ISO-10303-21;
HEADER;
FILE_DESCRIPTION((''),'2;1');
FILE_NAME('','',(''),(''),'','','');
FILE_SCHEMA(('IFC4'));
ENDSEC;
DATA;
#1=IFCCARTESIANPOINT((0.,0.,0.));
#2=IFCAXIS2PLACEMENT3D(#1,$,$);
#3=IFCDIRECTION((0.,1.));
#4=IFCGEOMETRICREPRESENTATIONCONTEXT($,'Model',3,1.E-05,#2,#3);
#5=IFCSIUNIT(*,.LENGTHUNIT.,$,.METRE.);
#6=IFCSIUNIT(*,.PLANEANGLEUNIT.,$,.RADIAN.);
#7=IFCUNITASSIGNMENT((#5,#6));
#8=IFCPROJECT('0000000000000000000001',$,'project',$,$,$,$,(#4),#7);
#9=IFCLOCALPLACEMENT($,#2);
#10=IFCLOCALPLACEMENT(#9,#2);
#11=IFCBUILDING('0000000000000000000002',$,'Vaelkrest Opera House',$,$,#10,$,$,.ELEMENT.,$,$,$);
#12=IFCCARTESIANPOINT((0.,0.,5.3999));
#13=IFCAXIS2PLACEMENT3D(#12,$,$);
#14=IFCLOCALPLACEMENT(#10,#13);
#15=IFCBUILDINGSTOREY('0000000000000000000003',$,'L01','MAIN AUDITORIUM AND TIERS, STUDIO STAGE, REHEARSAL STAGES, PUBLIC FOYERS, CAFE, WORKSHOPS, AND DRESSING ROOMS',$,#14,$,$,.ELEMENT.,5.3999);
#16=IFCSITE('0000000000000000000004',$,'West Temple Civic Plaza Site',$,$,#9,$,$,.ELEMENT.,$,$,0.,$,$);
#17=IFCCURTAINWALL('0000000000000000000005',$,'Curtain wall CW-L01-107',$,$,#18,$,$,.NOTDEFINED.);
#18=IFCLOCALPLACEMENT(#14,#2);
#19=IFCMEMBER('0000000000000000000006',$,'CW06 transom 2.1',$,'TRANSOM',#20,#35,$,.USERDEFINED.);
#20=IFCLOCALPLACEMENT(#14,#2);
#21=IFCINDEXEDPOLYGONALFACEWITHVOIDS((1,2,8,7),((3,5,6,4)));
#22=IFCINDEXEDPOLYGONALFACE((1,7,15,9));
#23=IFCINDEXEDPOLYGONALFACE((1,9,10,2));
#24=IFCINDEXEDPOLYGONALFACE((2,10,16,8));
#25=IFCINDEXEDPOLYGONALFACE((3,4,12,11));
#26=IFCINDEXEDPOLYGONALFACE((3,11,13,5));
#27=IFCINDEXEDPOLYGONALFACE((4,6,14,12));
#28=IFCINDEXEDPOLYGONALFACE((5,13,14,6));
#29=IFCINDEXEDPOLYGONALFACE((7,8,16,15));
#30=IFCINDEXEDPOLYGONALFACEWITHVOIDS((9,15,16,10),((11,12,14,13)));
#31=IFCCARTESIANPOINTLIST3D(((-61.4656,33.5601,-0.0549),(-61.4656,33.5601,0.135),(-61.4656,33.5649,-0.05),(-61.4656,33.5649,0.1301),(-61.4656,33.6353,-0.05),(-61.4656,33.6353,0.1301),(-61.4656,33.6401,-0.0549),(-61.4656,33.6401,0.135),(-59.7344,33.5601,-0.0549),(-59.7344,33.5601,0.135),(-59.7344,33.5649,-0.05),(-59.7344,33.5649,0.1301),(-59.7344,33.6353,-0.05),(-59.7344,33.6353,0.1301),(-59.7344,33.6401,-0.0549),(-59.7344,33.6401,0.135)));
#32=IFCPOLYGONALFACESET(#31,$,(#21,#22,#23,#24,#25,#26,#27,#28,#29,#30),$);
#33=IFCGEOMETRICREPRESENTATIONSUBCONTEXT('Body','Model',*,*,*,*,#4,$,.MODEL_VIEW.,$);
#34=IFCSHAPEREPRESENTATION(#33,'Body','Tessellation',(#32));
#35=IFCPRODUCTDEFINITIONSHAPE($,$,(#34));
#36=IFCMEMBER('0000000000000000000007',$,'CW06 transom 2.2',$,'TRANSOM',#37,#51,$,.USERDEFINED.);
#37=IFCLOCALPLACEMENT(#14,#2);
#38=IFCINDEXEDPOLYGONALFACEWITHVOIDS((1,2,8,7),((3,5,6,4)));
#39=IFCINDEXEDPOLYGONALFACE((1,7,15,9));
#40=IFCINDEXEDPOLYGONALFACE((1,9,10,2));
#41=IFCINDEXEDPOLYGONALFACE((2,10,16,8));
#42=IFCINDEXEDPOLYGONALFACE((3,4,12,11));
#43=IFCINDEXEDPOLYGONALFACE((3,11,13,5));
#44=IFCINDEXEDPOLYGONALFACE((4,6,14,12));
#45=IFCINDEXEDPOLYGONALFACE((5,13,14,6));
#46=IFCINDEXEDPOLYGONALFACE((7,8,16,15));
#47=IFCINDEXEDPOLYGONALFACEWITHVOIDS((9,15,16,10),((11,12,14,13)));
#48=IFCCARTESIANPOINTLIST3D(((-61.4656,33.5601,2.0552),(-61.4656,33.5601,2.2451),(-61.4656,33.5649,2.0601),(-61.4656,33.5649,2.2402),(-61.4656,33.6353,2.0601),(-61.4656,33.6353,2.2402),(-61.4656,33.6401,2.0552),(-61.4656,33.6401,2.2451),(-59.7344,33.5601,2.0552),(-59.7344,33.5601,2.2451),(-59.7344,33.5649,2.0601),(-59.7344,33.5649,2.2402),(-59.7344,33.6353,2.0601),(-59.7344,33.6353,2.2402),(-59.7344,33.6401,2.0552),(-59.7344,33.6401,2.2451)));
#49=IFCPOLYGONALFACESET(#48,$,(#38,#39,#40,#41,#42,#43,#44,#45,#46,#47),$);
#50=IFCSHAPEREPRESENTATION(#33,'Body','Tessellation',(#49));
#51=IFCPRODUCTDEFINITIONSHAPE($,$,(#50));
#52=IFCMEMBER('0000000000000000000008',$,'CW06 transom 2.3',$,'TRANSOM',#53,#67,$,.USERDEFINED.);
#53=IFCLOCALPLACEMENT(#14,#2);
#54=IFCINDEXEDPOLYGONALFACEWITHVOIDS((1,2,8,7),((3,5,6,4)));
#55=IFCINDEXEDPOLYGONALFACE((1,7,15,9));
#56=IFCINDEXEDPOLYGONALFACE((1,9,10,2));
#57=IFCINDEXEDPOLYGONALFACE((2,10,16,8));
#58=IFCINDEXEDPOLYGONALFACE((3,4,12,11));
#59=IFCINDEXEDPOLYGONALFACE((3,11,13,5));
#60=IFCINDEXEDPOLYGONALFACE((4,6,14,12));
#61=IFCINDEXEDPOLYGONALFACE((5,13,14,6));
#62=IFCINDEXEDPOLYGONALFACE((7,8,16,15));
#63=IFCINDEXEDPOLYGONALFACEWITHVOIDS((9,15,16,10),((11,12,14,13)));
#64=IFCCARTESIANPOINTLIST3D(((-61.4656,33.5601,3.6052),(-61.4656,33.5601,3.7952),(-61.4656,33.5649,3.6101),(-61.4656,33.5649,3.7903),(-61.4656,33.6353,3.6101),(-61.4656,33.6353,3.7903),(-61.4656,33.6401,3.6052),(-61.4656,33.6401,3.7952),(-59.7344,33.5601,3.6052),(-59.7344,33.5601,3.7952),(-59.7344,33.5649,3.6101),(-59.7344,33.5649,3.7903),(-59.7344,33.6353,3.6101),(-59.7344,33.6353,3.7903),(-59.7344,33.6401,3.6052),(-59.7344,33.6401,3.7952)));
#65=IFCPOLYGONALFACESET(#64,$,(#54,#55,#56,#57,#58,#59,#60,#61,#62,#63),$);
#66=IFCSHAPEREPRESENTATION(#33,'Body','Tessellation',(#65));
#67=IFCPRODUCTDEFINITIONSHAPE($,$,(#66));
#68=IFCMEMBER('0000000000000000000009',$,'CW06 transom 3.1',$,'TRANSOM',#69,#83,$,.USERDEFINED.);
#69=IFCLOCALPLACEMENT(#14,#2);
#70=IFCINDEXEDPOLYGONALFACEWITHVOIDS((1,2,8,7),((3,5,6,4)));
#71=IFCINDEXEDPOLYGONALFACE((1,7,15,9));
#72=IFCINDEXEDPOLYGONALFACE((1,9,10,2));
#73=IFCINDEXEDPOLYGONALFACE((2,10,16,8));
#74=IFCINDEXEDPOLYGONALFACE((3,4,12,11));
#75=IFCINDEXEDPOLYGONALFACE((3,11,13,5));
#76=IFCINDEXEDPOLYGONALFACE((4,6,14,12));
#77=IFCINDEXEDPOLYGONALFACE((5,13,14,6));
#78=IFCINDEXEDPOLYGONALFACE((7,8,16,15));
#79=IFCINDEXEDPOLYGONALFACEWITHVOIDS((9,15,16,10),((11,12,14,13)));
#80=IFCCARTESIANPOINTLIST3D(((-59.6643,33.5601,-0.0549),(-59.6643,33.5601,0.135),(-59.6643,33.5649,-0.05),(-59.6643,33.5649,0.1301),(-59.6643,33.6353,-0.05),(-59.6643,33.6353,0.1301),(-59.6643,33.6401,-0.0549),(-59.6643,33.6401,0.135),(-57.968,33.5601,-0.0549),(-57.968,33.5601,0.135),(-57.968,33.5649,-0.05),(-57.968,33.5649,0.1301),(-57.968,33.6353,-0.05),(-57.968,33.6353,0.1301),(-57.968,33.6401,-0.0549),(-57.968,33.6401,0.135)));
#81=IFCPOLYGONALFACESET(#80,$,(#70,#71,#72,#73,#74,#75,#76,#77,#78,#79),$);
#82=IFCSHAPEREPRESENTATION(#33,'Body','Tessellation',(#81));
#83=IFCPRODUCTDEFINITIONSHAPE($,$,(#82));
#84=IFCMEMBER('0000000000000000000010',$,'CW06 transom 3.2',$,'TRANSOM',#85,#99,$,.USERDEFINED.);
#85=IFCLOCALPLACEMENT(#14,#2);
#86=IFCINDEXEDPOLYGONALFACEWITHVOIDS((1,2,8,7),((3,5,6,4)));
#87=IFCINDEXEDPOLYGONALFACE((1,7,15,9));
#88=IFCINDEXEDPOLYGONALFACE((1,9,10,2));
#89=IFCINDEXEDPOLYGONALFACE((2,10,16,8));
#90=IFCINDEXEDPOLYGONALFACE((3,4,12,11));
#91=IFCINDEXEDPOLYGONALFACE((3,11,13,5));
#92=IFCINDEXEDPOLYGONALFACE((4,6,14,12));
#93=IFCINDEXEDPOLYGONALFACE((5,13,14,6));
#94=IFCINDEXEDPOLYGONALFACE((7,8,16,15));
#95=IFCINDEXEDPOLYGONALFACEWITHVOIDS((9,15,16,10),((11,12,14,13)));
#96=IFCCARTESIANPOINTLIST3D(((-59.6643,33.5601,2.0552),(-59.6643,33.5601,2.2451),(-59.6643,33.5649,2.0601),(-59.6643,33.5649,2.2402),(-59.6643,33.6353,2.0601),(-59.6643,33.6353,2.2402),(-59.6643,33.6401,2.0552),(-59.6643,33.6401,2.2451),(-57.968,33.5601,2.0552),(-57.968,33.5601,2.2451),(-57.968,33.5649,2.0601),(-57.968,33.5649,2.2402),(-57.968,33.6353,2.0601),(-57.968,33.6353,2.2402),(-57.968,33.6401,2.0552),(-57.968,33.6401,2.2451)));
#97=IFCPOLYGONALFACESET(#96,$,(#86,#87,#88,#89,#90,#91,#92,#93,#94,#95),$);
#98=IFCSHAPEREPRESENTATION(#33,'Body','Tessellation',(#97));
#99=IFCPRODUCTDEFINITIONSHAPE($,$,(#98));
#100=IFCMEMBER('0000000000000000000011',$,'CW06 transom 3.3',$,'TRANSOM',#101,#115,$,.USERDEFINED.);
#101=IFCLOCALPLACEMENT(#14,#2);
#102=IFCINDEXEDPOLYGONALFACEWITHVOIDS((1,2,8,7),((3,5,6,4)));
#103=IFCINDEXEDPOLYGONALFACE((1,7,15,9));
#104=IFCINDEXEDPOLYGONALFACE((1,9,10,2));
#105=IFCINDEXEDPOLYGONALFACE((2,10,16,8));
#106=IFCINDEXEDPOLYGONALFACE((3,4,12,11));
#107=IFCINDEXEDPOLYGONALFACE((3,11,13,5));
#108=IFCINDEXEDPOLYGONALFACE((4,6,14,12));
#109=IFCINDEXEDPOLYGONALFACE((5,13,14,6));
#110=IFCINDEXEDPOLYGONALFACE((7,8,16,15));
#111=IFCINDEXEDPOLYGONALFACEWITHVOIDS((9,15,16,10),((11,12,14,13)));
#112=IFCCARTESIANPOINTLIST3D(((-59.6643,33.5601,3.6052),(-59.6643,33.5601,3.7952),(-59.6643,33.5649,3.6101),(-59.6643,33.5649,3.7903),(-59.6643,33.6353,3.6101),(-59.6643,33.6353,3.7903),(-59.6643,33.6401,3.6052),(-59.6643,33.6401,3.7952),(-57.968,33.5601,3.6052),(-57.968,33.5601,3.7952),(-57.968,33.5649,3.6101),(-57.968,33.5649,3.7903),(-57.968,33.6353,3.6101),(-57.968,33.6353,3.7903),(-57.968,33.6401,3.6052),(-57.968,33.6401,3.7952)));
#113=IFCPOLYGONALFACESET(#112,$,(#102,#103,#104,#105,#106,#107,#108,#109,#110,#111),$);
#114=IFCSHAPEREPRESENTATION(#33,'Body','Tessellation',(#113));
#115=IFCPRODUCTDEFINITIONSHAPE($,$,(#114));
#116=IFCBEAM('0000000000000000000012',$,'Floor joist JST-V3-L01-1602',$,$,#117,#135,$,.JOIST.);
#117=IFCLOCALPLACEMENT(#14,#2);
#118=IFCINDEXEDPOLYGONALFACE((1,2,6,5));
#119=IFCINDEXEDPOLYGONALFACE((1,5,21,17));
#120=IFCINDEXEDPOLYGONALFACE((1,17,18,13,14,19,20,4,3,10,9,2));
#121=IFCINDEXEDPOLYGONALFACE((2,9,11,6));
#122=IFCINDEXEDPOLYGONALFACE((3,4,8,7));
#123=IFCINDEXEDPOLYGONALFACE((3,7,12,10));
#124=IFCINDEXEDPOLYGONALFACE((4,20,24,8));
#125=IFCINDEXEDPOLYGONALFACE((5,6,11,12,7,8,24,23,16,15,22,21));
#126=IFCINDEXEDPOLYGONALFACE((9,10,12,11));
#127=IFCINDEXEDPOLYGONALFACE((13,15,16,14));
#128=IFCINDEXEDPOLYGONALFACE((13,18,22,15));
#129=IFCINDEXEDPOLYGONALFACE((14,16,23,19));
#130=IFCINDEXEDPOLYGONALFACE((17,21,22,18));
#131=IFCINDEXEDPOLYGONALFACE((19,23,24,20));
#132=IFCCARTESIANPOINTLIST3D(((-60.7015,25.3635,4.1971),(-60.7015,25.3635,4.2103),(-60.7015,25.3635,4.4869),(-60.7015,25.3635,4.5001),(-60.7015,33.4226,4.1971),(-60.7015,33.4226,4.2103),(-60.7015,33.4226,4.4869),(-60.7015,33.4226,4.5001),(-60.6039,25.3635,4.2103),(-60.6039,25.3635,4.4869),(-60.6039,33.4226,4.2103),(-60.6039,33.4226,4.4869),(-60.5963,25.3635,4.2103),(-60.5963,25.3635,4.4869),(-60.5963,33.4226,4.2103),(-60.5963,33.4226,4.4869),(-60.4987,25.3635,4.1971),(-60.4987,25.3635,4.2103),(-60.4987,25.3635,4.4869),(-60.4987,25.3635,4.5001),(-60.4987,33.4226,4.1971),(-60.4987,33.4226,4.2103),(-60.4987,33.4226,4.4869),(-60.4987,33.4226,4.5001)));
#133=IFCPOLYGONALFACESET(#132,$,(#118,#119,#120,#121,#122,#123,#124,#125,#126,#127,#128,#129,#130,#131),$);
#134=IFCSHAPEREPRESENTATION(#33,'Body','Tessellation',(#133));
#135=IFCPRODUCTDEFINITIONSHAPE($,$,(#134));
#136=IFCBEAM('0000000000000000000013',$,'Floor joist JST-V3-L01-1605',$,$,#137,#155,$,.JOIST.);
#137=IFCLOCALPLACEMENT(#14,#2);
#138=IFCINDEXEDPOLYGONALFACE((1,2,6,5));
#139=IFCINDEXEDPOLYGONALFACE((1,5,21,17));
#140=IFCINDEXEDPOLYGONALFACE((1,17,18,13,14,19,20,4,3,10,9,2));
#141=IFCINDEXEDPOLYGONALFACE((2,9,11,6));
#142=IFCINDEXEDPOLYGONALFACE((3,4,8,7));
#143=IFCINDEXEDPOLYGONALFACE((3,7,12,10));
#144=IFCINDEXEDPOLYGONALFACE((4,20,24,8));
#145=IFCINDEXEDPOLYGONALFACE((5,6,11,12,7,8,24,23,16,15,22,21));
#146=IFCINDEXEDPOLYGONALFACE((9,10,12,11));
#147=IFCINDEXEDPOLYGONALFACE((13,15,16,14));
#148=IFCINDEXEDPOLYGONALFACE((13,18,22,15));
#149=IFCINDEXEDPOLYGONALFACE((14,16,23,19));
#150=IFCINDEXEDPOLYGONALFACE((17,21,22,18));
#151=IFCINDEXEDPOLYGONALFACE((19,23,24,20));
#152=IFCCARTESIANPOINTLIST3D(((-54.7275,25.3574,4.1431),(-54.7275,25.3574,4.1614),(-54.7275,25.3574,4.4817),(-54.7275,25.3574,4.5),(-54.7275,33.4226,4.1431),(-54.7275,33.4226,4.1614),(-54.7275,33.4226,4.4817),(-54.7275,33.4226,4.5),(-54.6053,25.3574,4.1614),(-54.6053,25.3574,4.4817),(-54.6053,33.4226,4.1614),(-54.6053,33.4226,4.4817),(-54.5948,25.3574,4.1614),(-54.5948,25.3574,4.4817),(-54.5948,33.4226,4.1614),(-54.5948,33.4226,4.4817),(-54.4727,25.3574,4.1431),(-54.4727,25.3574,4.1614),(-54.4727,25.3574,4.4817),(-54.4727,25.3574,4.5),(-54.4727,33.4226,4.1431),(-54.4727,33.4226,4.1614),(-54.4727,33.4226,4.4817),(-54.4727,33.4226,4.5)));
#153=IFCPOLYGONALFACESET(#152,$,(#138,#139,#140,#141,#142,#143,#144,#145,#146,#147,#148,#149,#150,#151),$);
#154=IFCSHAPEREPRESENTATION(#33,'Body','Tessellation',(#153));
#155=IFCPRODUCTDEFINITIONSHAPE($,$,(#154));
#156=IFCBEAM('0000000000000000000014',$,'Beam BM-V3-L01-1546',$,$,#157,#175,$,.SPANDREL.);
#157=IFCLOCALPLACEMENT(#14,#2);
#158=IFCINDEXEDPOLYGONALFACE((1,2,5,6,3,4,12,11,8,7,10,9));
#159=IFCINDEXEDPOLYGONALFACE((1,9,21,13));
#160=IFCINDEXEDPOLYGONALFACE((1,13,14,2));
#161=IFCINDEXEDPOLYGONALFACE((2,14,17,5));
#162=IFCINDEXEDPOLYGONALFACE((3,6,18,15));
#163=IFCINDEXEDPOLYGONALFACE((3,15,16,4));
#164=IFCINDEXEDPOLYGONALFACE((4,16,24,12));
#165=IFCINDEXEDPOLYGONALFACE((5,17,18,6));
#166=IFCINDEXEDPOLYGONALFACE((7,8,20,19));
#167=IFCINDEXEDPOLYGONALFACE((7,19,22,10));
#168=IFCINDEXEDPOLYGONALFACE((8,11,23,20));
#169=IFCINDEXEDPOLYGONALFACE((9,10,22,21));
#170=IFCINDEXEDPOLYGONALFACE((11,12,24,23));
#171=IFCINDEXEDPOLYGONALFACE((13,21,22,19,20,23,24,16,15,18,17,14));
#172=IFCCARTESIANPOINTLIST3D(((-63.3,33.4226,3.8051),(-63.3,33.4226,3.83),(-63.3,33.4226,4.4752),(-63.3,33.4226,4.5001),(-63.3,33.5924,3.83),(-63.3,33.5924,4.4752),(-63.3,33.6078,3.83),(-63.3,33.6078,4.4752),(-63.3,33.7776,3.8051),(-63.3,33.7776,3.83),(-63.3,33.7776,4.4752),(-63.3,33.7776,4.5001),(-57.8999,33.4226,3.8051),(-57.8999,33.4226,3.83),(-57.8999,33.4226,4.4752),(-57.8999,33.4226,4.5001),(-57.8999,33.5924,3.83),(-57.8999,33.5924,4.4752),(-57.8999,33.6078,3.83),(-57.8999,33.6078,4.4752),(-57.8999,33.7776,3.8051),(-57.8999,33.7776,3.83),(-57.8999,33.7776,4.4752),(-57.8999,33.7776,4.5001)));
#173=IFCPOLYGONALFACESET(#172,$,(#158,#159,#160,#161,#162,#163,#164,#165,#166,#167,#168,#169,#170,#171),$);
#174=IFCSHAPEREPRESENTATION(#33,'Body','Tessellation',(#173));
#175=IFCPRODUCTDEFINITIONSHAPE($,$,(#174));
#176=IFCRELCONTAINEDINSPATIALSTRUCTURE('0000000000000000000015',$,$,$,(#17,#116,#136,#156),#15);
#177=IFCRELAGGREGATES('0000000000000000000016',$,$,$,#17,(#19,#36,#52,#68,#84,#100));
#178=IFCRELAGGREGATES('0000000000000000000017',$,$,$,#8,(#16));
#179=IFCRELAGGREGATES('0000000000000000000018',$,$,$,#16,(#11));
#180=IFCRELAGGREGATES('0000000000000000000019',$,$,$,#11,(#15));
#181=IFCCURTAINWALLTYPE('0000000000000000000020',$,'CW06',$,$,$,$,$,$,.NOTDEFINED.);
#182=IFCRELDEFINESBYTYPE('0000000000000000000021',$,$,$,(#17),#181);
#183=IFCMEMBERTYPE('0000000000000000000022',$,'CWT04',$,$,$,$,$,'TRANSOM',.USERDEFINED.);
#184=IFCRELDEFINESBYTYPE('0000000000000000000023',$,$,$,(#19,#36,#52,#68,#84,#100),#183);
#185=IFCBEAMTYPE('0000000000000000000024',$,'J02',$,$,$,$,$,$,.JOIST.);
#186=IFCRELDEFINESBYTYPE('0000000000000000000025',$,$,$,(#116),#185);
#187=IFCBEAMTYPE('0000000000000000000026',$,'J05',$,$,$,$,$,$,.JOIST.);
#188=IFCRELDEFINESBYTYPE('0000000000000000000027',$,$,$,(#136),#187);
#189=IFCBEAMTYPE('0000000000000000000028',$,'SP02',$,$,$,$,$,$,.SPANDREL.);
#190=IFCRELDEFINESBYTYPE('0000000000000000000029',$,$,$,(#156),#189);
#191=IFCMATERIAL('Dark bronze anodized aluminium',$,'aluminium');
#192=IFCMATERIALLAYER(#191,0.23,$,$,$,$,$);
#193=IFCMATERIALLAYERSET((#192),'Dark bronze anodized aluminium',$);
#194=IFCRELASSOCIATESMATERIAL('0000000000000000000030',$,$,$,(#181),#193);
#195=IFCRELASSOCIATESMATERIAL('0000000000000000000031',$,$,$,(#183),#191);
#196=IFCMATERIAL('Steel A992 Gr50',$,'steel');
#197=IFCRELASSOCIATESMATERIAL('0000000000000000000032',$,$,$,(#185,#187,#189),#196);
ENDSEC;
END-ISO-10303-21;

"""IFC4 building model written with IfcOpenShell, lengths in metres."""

from ifc_helpers import new_model, si_unit, direction, frame, origin, origin_2d, place, context, subcontext, project, spatial, hollow_rectangle, i_section, extrude, material, layer, layer_set, material_profile, profile_set, type_object, element, aggregate, save


model = new_model("IFC4")

# Units and contexts
model_context = context("Model", 3, precision=1e-05, world=origin(), true_north=direction((0.0, 1.0)))
body_context = subcontext(model_context, "Body", "Model", "MODEL_VIEW")
ifc_project = project(units=[si_unit("LENGTHUNIT", "METRE"), si_unit("PLANEANGLEUNIT", "RADIAN")], contexts=[model_context])

# Site, building, storey
site_placement = place(None, origin())
site = spatial("IfcSite", under=ifc_project, at=site_placement, Name="West Temple Civic Plaza Site", CompositionType="ELEMENT", RefElevation=0.0)
building_placement = place(site_placement, origin())
building = spatial("IfcBuilding", under=site, at=building_placement, Name="Vaelkrest Opera House", CompositionType="ELEMENT")
storey_placement = place(building_placement, frame((0.0, 0.0, 5.3999)))
storey = spatial("IfcBuildingStorey", under=building, at=storey_placement, Name="L01", Description="MAIN AUDITORIUM AND TIERS, STUDIO STAGE, REHEARSAL STAGES, PUBLIC FOYERS, CAFE, WORKSHOPS, AND DRESSING ROOMS", CompositionType="ELEMENT", Elevation=5.3999)

# Shared definitions
ifc_material_1 = material(Name="Steel A992 Gr50", Category="steel")

# Curtain wall, members
ifc_material_2 = material(Name="Dark bronze anodized aluminium", Category="aluminium")
ifc_layer_1 = layer(ifc_material_2, 0.23)
ifc_layer_set_1 = layer_set([ifc_layer_1], Name="Dark bronze anodized aluminium")
curtain_wall_type = type_object("IfcCurtainWallType", Name="CW06", PredefinedType="NOTDEFINED", material=ifc_layer_set_1)
curtain_wall_placement = place(storey_placement, origin())
curtain_wall = element("IfcCurtainWall", 1, at=curtain_wall_placement, inside=storey, type_object=curtain_wall_type, Name="Curtain wall CW-L01-107", PredefinedType="NOTDEFINED")
ifc_material_profile_1 = material_profile(ifc_material_2, hollow_rectangle(XDim=0.0801, YDim=0.1899, WallThickness=0.0049, at=origin_2d()), Name="CWT80X190")
ifc_profile_set_1 = profile_set([ifc_material_profile_1], Name="Dark bronze anodized aluminium")
member_type_1 = type_object("IfcMemberType", Name="CWT04", ElementType="TRANSOM", PredefinedType="USERDEFINED", material=ifc_profile_set_1)
member_1_placement = place(storey_placement, frame((-61.4656, 33.6001, 0.04), z_axis=(1.0, 0.0, 0.0), x_axis=(0.0, 1.0, 0.0)))
member_1 = element("IfcMember", 2, at=member_1_placement, type_object=member_type_1, Name="CW06 transom 2.1", ObjectType="TRANSOM", PredefinedType="USERDEFINED", context=body_context, shape_type="SweptSolid", body=[
    extrude(hollow_rectangle(XDim=0.0801, YDim=0.1899, WallThickness=0.0049, at=origin_2d()), origin(), (0.0, 0.0, 1.0), 1.7312),
])
member_2_placement = place(storey_placement, frame((-61.4656, 33.6001, 2.1501), z_axis=(1.0, 0.0, 0.0), x_axis=(0.0, 1.0, 0.0)))
member_2 = element("IfcMember", 3, at=member_2_placement, type_object=member_type_1, Name="CW06 transom 2.2", ObjectType="TRANSOM", PredefinedType="USERDEFINED", context=body_context, shape_type="SweptSolid", body=[
    extrude(hollow_rectangle(XDim=0.0801, YDim=0.1899, WallThickness=0.0049, at=origin_2d()), origin(), (0.0, 0.0, 1.0), 1.7312),
])
member_3_placement = place(storey_placement, frame((-61.4656, 33.6001, 3.7002), z_axis=(1.0, 0.0, 0.0), x_axis=(0.0, 1.0, 0.0)))
member_3 = element("IfcMember", 4, at=member_3_placement, type_object=member_type_1, Name="CW06 transom 2.3", ObjectType="TRANSOM", PredefinedType="USERDEFINED", context=body_context, shape_type="SweptSolid", body=[
    extrude(hollow_rectangle(XDim=0.0801, YDim=0.1899, WallThickness=0.0049, at=origin_2d()), origin(), (0.0, 0.0, 1.0), 1.7312),
])
member_4_placement = place(storey_placement, frame((-59.6643, 33.6001, 0.04), z_axis=(1.0, 0.0, 0.0), x_axis=(0.0, 1.0, 0.0)))
member_4 = element("IfcMember", 5, at=member_4_placement, type_object=member_type_1, Name="CW06 transom 3.1", ObjectType="TRANSOM", PredefinedType="USERDEFINED", context=body_context, shape_type="SweptSolid", body=[
    extrude(hollow_rectangle(XDim=0.0801, YDim=0.1899, WallThickness=0.0049, at=origin_2d()), origin(), (0.0, 0.0, 1.0), 1.6963),
])
member_5_placement = place(storey_placement, frame((-59.6643, 33.6001, 2.1501), z_axis=(1.0, 0.0, 0.0), x_axis=(0.0, 1.0, 0.0)))
member_5 = element("IfcMember", 6, at=member_5_placement, type_object=member_type_1, Name="CW06 transom 3.2", ObjectType="TRANSOM", PredefinedType="USERDEFINED", context=body_context, shape_type="SweptSolid", body=[
    extrude(hollow_rectangle(XDim=0.0801, YDim=0.1899, WallThickness=0.0049, at=origin_2d()), origin(), (0.0, 0.0, 1.0), 1.6963),
])
member_6_placement = place(storey_placement, frame((-59.6643, 33.6001, 3.7002), z_axis=(1.0, 0.0, 0.0), x_axis=(0.0, 1.0, 0.0)))
member_6 = element("IfcMember", 7, at=member_6_placement, type_object=member_type_1, Name="CW06 transom 3.3", ObjectType="TRANSOM", PredefinedType="USERDEFINED", context=body_context, shape_type="SweptSolid", body=[
    extrude(hollow_rectangle(XDim=0.0801, YDim=0.1899, WallThickness=0.0049, at=origin_2d()), origin(), (0.0, 0.0, 1.0), 1.6963),
])

# Beams
ifc_material_profile_2 = material_profile(ifc_material_1, i_section(OverallWidth=0.2029, OverallDepth=0.303, WebThickness=0.0076, FlangeThickness=0.0132, at=origin_2d()), Name="W12X40")
ifc_profile_set_2 = profile_set([ifc_material_profile_2], Name="Steel A992 Gr50")
beam_type_1 = type_object("IfcBeamType", Name="J02", PredefinedType="JOIST", material=ifc_profile_set_2)
beam_1_placement = place(storey_placement, frame((-60.6001, 25.3635, 4.3486), z_axis=(0.0, 1.0, 0.0), x_axis=(-1.0, 0.0, 0.0)))
element("IfcBeam", 8, at=beam_1_placement, inside=storey, type_object=beam_type_1, Name="Floor joist JST-V3-L01-1602", PredefinedType="JOIST", context=body_context, shape_type="SweptSolid", body=[
    extrude(i_section(OverallWidth=0.2029, OverallDepth=0.303, WebThickness=0.0076, FlangeThickness=0.0132, at=origin_2d()), origin(), (0.0, 0.0, 1.0), 8.0591),
])
ifc_material_profile_3 = material_profile(ifc_material_1, i_section(OverallWidth=0.2549, OverallDepth=0.3569, WebThickness=0.0105, FlangeThickness=0.0183, at=origin_2d()), Name="W14X68")
ifc_profile_set_3 = profile_set([ifc_material_profile_3], Name="Steel A992 Gr50")
beam_type_2 = type_object("IfcBeamType", Name="J05", PredefinedType="JOIST", material=ifc_profile_set_3)
beam_2_placement = place(storey_placement, frame((-54.6001, 25.3574, 4.3215), z_axis=(0.0, 1.0, 0.0), x_axis=(-1.0, 0.0, 0.0)))
element("IfcBeam", 9, at=beam_2_placement, inside=storey, type_object=beam_type_2, Name="Floor joist JST-V3-L01-1605", PredefinedType="JOIST", context=body_context, shape_type="SweptSolid", body=[
    extrude(i_section(OverallWidth=0.2549, OverallDepth=0.3569, WebThickness=0.0105, FlangeThickness=0.0183, at=origin_2d()), origin(), (0.0, 0.0, 1.0), 8.0652),
])
ifc_material_profile_4 = material_profile(ifc_material_1, i_section(OverallWidth=0.355, OverallDepth=0.6951, WebThickness=0.0154, FlangeThickness=0.0249, at=origin_2d()), Name="W27X146")
ifc_profile_set_4 = profile_set([ifc_material_profile_4], Name="Steel A992 Gr50")
beam_type_3 = type_object("IfcBeamType", Name="SP02", PredefinedType="SPANDREL", material=ifc_profile_set_4)
for number, where, z_axis, x_axis, name in (
    (10, (-63.3, 33.6001, 4.1526), (1.0, 0.0, 0.0), (0.0, 1.0, 0.0), "Beam BM-V3-L01-1546"),
):
    element("IfcBeam", number, at=place(storey_placement, frame(where, z_axis=z_axis, x_axis=x_axis)), inside=storey, type_object=beam_type_3, Name=name, PredefinedType="SPANDREL", context=body_context, shape_type="SweptSolid", body=[
        extrude(i_section(OverallWidth=0.355, OverallDepth=0.6951, WebThickness=0.0154, FlangeThickness=0.0249, at=origin_2d()), origin(), (0.0, 0.0, 1.0), 5.4001),
    ])

aggregate(curtain_wall, [member_1, member_2, member_3, member_4, member_5, member_6])

save(model, "model.ifc")
